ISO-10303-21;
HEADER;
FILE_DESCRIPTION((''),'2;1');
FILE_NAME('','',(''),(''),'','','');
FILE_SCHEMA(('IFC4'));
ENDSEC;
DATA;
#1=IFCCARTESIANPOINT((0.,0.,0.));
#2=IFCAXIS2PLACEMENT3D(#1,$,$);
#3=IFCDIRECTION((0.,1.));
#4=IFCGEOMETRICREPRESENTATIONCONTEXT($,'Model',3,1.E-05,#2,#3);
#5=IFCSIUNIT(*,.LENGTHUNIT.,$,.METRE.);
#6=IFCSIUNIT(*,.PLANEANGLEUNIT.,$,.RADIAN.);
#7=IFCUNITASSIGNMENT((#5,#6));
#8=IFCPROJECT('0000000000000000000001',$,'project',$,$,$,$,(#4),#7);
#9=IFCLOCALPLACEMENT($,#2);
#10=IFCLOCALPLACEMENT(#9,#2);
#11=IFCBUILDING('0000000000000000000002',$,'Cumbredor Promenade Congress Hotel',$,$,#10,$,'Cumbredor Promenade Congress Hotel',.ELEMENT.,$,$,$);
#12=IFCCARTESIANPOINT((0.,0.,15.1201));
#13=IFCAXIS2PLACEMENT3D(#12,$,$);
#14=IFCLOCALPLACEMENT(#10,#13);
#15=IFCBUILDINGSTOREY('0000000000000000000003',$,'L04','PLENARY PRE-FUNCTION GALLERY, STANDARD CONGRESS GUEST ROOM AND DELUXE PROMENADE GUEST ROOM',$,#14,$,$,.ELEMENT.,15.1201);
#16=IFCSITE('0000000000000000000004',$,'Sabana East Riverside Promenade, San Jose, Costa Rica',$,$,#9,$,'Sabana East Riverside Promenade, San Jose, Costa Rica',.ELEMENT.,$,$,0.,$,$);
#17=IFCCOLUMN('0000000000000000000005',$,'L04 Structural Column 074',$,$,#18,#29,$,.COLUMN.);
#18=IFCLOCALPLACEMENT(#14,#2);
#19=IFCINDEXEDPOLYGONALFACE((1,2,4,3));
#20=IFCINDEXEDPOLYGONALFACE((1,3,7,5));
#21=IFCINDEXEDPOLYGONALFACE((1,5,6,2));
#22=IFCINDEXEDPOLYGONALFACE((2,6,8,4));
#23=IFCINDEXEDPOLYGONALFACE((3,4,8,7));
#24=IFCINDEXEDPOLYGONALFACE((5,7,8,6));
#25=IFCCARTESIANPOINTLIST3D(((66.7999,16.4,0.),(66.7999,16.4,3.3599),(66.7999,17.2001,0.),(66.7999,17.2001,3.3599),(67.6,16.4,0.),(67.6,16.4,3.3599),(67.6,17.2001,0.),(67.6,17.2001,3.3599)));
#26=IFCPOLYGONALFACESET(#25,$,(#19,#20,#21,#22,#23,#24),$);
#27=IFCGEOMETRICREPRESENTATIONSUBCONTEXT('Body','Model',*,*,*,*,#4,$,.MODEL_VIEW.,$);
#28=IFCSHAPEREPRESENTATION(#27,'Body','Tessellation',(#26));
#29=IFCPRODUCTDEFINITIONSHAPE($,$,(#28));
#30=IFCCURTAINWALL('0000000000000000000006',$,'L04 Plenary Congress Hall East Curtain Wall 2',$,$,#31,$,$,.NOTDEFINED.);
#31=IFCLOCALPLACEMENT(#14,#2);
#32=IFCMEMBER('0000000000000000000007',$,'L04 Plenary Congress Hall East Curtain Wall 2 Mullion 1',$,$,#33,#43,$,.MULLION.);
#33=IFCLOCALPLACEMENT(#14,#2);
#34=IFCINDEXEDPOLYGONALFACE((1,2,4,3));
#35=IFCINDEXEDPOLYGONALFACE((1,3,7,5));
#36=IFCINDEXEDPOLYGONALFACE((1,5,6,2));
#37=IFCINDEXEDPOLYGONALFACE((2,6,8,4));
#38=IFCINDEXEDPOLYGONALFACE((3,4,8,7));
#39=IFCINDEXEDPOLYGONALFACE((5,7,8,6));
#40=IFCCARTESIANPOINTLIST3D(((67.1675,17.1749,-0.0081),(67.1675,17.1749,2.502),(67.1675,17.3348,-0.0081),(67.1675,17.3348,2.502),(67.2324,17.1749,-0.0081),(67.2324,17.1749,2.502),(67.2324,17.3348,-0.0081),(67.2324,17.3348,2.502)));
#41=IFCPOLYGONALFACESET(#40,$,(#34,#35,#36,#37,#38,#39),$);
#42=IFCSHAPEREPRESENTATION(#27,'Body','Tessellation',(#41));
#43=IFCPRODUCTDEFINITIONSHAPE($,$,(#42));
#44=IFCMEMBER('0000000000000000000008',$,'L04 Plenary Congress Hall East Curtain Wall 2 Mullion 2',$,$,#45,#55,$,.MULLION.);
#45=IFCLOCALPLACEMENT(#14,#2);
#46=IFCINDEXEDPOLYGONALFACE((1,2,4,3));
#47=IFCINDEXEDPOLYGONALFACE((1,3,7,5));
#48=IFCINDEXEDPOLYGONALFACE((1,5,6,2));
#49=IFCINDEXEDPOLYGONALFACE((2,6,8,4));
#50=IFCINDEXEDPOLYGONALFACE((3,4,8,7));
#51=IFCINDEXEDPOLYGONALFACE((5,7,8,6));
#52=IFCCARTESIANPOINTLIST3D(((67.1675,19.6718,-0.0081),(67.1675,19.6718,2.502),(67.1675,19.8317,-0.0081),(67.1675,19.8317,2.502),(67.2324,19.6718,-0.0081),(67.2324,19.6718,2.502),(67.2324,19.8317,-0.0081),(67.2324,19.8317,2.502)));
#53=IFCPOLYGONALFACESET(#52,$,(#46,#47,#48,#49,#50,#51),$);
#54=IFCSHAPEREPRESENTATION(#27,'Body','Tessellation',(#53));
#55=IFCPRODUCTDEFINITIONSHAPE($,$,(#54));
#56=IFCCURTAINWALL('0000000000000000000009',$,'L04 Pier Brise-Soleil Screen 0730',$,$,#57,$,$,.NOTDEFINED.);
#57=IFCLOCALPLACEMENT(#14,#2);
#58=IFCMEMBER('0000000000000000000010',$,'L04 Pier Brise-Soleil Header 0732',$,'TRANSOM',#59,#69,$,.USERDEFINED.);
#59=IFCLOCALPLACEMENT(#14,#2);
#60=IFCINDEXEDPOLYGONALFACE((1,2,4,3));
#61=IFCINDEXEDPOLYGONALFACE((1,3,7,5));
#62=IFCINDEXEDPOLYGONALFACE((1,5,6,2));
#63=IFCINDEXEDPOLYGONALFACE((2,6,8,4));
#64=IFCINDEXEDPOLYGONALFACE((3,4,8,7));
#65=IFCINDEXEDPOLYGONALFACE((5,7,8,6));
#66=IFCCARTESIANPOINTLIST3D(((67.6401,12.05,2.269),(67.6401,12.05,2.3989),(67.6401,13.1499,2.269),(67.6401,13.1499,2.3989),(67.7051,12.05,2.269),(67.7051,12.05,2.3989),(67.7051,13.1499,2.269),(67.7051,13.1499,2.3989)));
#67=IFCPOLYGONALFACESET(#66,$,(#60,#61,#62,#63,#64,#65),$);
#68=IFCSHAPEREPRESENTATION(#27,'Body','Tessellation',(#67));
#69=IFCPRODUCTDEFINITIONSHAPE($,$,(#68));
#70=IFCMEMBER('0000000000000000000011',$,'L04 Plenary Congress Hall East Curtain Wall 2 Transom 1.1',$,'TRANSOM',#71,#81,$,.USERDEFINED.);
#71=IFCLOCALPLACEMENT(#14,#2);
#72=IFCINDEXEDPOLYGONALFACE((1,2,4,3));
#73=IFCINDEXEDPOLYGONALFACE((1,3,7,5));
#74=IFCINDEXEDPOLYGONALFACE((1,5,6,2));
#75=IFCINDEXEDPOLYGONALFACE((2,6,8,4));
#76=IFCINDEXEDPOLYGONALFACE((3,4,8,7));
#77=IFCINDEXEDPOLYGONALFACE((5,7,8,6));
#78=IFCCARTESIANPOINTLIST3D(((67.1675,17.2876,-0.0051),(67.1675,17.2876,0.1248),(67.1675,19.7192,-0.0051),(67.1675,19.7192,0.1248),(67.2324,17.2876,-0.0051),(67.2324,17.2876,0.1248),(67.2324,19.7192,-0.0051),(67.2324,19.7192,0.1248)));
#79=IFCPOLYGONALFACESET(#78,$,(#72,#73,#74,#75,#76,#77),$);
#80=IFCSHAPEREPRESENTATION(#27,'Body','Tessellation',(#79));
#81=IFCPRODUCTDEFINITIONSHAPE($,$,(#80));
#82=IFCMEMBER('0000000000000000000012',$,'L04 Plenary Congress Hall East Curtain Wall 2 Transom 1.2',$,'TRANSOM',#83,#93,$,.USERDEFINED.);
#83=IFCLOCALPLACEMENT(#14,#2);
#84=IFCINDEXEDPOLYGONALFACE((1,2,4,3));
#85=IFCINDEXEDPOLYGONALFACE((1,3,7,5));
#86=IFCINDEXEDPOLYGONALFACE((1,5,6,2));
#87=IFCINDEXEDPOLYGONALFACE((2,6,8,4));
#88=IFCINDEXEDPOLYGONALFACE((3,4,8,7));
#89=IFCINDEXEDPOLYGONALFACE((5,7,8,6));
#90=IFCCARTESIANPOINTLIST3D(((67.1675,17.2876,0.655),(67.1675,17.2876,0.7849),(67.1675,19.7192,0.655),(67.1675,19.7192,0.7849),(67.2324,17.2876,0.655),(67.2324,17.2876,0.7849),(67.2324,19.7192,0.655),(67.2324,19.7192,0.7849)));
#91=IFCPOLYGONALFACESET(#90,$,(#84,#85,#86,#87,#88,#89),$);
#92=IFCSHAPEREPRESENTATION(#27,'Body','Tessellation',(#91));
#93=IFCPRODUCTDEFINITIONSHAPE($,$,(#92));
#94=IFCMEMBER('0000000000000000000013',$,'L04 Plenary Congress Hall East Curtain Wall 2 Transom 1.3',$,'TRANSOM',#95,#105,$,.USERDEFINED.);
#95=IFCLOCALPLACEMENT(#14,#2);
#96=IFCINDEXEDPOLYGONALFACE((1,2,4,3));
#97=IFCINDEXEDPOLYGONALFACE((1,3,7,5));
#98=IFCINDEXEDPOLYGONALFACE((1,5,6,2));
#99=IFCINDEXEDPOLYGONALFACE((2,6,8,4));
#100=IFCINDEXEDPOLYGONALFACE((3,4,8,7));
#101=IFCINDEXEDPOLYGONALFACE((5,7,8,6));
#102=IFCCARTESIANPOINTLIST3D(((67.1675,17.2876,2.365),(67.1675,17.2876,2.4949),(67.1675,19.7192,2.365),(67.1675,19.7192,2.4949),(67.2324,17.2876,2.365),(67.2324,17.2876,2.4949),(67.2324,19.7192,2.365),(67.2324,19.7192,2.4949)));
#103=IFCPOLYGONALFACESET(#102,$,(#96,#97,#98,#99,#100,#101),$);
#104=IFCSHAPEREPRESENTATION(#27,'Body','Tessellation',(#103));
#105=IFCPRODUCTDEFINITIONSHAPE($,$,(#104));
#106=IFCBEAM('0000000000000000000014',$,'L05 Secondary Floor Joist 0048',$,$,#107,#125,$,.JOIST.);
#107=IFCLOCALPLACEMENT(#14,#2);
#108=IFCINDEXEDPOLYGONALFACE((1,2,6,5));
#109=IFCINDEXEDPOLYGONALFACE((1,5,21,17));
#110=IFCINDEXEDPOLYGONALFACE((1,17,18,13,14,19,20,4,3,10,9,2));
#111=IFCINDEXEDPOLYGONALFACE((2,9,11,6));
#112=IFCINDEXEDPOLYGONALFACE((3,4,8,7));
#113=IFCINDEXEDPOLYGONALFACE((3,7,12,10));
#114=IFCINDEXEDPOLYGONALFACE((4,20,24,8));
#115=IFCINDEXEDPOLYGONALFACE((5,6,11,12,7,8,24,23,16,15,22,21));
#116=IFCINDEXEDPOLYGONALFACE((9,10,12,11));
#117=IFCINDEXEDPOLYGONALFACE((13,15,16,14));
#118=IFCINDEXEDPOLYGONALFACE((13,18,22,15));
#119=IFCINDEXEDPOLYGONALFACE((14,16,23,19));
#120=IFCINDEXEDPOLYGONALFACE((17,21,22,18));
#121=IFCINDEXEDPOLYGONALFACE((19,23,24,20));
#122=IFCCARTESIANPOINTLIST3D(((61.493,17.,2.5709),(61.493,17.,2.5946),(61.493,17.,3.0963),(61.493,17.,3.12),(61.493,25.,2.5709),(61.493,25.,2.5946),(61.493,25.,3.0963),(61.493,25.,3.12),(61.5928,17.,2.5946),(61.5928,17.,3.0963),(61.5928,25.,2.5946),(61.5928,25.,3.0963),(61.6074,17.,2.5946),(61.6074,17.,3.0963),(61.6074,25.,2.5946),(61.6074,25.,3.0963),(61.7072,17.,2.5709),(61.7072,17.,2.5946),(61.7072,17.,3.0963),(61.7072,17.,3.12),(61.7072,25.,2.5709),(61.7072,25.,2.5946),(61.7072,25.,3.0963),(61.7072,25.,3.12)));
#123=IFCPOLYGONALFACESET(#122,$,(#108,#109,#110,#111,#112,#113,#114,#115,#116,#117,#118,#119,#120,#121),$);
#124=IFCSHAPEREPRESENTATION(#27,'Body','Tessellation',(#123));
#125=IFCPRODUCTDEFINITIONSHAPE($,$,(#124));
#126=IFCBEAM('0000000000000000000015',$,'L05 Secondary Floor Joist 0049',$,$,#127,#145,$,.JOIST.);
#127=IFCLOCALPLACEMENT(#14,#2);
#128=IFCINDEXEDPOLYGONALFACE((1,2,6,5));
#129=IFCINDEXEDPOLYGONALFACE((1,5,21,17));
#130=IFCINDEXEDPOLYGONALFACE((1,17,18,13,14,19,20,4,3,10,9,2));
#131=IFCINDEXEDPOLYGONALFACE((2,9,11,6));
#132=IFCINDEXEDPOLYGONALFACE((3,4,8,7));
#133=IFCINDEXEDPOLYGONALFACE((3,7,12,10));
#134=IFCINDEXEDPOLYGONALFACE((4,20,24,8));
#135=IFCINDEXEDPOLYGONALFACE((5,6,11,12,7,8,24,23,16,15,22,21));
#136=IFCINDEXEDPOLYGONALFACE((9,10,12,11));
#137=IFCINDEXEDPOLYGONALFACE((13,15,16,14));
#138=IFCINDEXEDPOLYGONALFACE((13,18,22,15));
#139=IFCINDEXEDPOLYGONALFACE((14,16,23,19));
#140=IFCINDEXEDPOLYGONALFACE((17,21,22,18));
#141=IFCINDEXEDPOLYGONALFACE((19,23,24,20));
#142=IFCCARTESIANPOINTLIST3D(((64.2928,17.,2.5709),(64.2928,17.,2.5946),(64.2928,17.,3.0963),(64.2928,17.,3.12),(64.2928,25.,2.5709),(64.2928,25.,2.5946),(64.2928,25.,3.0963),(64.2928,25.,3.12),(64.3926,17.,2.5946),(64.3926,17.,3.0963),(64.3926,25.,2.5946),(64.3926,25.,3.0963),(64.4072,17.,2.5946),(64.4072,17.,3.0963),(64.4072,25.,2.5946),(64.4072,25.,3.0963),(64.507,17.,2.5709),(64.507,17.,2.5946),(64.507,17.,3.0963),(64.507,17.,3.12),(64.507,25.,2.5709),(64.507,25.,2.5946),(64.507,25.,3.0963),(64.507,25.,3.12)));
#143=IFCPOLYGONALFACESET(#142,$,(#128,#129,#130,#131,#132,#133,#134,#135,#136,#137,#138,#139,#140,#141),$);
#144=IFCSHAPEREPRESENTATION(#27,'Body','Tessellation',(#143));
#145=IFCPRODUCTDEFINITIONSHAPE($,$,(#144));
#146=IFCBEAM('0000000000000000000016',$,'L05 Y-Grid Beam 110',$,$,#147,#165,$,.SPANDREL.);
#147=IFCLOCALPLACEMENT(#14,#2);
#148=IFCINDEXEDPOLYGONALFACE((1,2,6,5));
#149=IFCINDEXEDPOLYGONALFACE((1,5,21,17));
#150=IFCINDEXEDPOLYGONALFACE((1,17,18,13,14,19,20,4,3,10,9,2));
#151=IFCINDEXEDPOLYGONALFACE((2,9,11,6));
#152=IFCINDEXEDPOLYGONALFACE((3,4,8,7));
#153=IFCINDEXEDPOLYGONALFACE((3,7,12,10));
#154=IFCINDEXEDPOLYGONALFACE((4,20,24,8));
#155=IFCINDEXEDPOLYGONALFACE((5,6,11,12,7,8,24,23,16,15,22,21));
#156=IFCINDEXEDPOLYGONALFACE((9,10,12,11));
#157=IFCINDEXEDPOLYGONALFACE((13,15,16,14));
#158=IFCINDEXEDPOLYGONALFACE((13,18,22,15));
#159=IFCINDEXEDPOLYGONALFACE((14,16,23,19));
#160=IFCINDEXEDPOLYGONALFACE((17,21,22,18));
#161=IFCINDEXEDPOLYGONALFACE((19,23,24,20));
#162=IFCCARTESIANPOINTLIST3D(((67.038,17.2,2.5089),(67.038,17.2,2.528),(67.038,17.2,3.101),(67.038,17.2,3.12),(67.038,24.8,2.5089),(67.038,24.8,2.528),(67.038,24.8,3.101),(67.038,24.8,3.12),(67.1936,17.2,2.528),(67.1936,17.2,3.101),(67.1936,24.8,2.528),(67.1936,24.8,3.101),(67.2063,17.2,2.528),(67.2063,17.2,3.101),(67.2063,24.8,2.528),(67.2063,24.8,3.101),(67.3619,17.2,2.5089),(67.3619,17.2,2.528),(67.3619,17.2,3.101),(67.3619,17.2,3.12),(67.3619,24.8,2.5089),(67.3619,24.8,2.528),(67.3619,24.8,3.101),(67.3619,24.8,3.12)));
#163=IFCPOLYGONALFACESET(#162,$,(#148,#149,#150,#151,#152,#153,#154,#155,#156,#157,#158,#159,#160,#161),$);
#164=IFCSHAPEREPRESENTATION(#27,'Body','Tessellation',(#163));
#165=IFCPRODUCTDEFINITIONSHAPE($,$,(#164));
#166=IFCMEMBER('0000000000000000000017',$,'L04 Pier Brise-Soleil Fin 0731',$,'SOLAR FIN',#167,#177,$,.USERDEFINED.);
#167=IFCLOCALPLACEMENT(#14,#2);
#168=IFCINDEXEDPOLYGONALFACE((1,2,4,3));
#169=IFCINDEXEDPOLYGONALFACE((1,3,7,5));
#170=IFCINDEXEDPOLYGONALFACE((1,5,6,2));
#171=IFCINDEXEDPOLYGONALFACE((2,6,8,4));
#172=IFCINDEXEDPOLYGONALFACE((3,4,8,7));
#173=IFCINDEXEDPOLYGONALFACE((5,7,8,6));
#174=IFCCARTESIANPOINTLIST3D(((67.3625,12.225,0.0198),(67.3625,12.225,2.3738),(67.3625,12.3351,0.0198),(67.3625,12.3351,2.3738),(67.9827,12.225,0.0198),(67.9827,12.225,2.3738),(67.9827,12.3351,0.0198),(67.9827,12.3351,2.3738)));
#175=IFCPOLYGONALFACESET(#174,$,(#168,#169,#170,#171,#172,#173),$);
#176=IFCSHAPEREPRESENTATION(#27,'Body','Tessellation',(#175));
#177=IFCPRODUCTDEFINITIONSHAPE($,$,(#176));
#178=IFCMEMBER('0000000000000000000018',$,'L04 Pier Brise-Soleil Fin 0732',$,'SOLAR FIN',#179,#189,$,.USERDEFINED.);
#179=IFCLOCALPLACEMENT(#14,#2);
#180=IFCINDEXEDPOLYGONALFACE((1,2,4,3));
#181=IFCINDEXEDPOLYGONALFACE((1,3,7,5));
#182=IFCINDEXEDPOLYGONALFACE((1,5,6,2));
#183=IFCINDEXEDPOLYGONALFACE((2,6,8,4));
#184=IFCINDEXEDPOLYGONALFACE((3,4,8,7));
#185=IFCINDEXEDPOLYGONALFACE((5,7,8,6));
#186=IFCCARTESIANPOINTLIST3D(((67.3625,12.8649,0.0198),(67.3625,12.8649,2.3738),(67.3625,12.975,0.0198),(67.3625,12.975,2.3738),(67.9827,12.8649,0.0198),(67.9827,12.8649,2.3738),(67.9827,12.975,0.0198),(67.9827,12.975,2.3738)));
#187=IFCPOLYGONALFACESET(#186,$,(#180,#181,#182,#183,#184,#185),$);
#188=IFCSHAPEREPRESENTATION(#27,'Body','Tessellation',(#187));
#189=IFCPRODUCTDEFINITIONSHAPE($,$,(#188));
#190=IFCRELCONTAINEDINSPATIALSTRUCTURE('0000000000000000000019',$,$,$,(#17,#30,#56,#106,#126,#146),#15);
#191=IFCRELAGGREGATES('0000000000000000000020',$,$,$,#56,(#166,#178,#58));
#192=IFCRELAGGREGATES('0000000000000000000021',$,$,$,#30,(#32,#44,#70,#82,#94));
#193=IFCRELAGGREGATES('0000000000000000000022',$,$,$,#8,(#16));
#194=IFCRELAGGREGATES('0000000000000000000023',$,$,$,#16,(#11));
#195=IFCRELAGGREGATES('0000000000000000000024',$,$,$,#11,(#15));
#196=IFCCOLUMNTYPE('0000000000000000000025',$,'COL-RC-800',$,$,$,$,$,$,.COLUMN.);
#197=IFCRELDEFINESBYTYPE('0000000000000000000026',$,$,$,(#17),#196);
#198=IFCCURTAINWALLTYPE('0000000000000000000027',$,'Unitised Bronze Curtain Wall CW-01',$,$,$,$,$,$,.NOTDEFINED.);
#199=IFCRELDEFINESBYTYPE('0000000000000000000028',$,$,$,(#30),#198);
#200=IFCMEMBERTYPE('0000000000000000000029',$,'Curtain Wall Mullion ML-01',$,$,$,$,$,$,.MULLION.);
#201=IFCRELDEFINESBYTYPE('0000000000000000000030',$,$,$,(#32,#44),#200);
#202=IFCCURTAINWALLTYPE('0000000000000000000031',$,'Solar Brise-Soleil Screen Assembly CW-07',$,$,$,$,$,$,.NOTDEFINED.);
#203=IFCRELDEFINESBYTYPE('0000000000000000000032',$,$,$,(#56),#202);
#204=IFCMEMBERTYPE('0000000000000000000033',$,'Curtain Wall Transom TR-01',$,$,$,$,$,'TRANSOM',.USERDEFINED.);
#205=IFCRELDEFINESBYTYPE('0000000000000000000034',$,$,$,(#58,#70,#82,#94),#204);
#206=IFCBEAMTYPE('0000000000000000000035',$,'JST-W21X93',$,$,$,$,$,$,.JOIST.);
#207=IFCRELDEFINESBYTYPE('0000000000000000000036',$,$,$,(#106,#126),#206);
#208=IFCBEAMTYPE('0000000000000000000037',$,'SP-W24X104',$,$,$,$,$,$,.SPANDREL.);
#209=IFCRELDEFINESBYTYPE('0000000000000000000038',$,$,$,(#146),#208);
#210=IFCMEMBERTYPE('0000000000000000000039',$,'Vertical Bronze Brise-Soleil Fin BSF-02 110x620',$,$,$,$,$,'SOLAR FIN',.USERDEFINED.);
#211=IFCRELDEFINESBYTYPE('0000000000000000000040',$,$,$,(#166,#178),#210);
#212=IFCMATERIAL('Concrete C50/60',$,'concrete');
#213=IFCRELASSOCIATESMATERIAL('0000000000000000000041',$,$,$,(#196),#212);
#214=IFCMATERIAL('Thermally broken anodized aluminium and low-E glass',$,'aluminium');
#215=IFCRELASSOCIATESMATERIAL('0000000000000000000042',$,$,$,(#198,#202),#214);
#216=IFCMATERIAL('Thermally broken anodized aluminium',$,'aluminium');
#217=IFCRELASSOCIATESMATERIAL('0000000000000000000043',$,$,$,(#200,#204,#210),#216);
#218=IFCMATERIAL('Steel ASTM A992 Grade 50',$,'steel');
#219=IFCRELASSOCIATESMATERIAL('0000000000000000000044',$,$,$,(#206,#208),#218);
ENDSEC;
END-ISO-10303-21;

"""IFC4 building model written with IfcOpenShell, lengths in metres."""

from ifc_helpers import new_model, si_unit, direction, frame, origin, origin_2d, place, context, subcontext, project, spatial, rectangle, i_section, extrude, material, material_profile, profile_set, type_object, element, aggregate, save


model = new_model("IFC4")

# Units and contexts
model_context = context("Model", 3, precision=1e-05, world=origin(), true_north=direction((0.0, 1.0)))
body_context = subcontext(model_context, "Body", "Model", "MODEL_VIEW")
ifc_project = project(units=[si_unit("LENGTHUNIT", "METRE"), si_unit("PLANEANGLEUNIT", "RADIAN")], contexts=[model_context])

# Site, building, storey
site_placement = place(None, origin())
site = spatial("IfcSite", under=ifc_project, at=site_placement, Name="Sabana East Riverside Promenade, San Jose, Costa Rica", LongName="Sabana East Riverside Promenade, San Jose, Costa Rica", CompositionType="ELEMENT", RefElevation=0.0)
building_placement = place(site_placement, origin())
building = spatial("IfcBuilding", under=site, at=building_placement, Name="Cumbredor Promenade Congress Hotel", LongName="Cumbredor Promenade Congress Hotel", CompositionType="ELEMENT")
storey_placement = place(building_placement, frame((0.0, 0.0, 15.1201)))
storey = spatial("IfcBuildingStorey", under=building, at=storey_placement, Name="L04", Description="PLENARY PRE-FUNCTION GALLERY, STANDARD CONGRESS GUEST ROOM AND DELUXE PROMENADE GUEST ROOM", CompositionType="ELEMENT", Elevation=15.1201)

# Column
ifc_material_1 = material(Name="Concrete C50/60", Category="concrete")
ifc_material_profile_1 = material_profile(ifc_material_1, rectangle(XDim=0.8, YDim=0.8, at=origin_2d()), Name="RC 800x800")
ifc_profile_set_1 = profile_set([ifc_material_profile_1], Name="Concrete C50/60")
column_type = type_object("IfcColumnType", Name="COL-RC-800", PredefinedType="COLUMN", material=ifc_profile_set_1)
column_placement = place(storey_placement, frame((67.2, 16.8, 0.0), z_axis=(0.0, 0.0, 1.0), x_axis=(1.0, 0.0, 0.0)))
element("IfcColumn", 1, at=column_placement, inside=storey, type_object=column_type, Name="L04 Structural Column 074", PredefinedType="COLUMN", context=body_context, shape_type="SweptSolid", body=[
    extrude(rectangle(XDim=0.8, YDim=0.8, at=origin_2d()), origin(), (0.0, 0.0, 1.0), 3.3599),
])

# Curtain wall, members
ifc_material_2 = material(Name="Thermally broken anodized aluminium and low-E glass", Category="aluminium")
curtain_wall_type_1 = type_object("IfcCurtainWallType", Name="Unitised Bronze Curtain Wall CW-01", PredefinedType="NOTDEFINED", material=ifc_material_2)
curtain_wall_1_placement = place(storey_placement, origin())
curtain_wall_1 = element("IfcCurtainWall", 2, at=curtain_wall_1_placement, inside=storey, type_object=curtain_wall_type_1, Name="L04 Plenary Congress Hall East Curtain Wall 2", PredefinedType="NOTDEFINED")
ifc_material_3 = material(Name="Thermally broken anodized aluminium", Category="aluminium")
ifc_material_profile_2 = material_profile(ifc_material_3, rectangle(XDim=0.0649, YDim=0.1599, at=origin_2d()), Name="ALU MULLION 65x160")
ifc_profile_set_2 = profile_set([ifc_material_profile_2], Name="Thermally broken anodized aluminium")
member_type_1 = type_object("IfcMemberType", Name="Curtain Wall Mullion ML-01", PredefinedType="MULLION", material=ifc_profile_set_2)
member_1_placement = place(storey_placement, frame((67.2, 17.2549, -0.0081), z_axis=(0.0, 0.0, 1.0), x_axis=(1.0, 0.0, 0.0)))
member_1 = element("IfcMember", 3, at=member_1_placement, type_object=member_type_1, Name="L04 Plenary Congress Hall East Curtain Wall 2 Mullion 1", PredefinedType="MULLION", context=body_context, shape_type="SweptSolid", body=[
    extrude(rectangle(XDim=0.0649, YDim=0.1599, at=origin_2d()), origin(), (0.0, 0.0, 1.0), 2.51),
])
member_2_placement = place(storey_placement, frame((67.2, 19.7517, -0.0081), z_axis=(0.0, 0.0, 1.0), x_axis=(1.0, 0.0, 0.0)))
member_2 = element("IfcMember", 4, at=member_2_placement, type_object=member_type_1, Name="L04 Plenary Congress Hall East Curtain Wall 2 Mullion 2", PredefinedType="MULLION", context=body_context, shape_type="SweptSolid", body=[
    extrude(rectangle(XDim=0.0649, YDim=0.1599, at=origin_2d()), origin(), (0.0, 0.0, 1.0), 2.51),
])

# Curtain wall, member
curtain_wall_type_2 = type_object("IfcCurtainWallType", Name="Solar Brise-Soleil Screen Assembly CW-07", PredefinedType="NOTDEFINED", material=ifc_material_2)
curtain_wall_2_placement = place(storey_placement, origin())
curtain_wall_2 = element("IfcCurtainWall", 5, at=curtain_wall_2_placement, inside=storey, type_object=curtain_wall_type_2, Name="L04 Pier Brise-Soleil Screen 0730", PredefinedType="NOTDEFINED")
ifc_material_profile_3 = material_profile(ifc_material_3, rectangle(XDim=0.0649, YDim=0.1299, at=origin_2d()), Name="ALU TRANSOM 65x130")
ifc_profile_set_3 = profile_set([ifc_material_profile_3], Name="Thermally broken anodized aluminium")
member_type_2 = type_object("IfcMemberType", Name="Curtain Wall Transom TR-01", ElementType="TRANSOM", PredefinedType="USERDEFINED", material=ifc_profile_set_3)
member_3_placement = place(storey_placement, frame((67.6726, 12.05, 2.334), z_axis=(0.0, 1.0, 0.0), x_axis=(-1.0, 0.0, 0.0)))
member_3 = element("IfcMember", 6, at=member_3_placement, type_object=member_type_2, Name="L04 Pier Brise-Soleil Header 0732", ObjectType="TRANSOM", PredefinedType="USERDEFINED", context=body_context, shape_type="SweptSolid", body=[
    extrude(rectangle(XDim=0.0649, YDim=0.1299, at=origin_2d()), origin(), (0.0, 0.0, 1.0), 1.0999),
])

# Members
member_4_placement = place(storey_placement, frame((67.2, 17.2876, 0.0598), z_axis=(0.0, 1.0, 0.0), x_axis=(-1.0, 0.0, 0.0)))
member_4 = element("IfcMember", 7, at=member_4_placement, type_object=member_type_2, Name="L04 Plenary Congress Hall East Curtain Wall 2 Transom 1.1", ObjectType="TRANSOM", PredefinedType="USERDEFINED", context=body_context, shape_type="SweptSolid", body=[
    extrude(rectangle(XDim=0.0649, YDim=0.1299, at=origin_2d()), origin(), (0.0, 0.0, 1.0), 2.4316),
])
member_5_placement = place(storey_placement, frame((67.2, 17.2876, 0.72), z_axis=(0.0, 1.0, 0.0), x_axis=(-1.0, 0.0, 0.0)))
member_5 = element("IfcMember", 8, at=member_5_placement, type_object=member_type_2, Name="L04 Plenary Congress Hall East Curtain Wall 2 Transom 1.2", ObjectType="TRANSOM", PredefinedType="USERDEFINED", context=body_context, shape_type="SweptSolid", body=[
    extrude(rectangle(XDim=0.0649, YDim=0.1299, at=origin_2d()), origin(), (0.0, 0.0, 1.0), 2.4316),
])
member_6_placement = place(storey_placement, frame((67.2, 17.2876, 2.4299), z_axis=(0.0, 1.0, 0.0), x_axis=(-1.0, 0.0, 0.0)))
member_6 = element("IfcMember", 9, at=member_6_placement, type_object=member_type_2, Name="L04 Plenary Congress Hall East Curtain Wall 2 Transom 1.3", ObjectType="TRANSOM", PredefinedType="USERDEFINED", context=body_context, shape_type="SweptSolid", body=[
    extrude(rectangle(XDim=0.0649, YDim=0.1299, at=origin_2d()), origin(), (0.0, 0.0, 1.0), 2.4316),
])

# Beams
ifc_material_4 = material(Name="Steel ASTM A992 Grade 50", Category="steel")
ifc_material_profile_4 = material_profile(ifc_material_4, i_section(OverallWidth=0.2141, OverallDepth=0.5491, WebThickness=0.0146, FlangeThickness=0.0237, at=origin_2d()), Name="W21X93")
ifc_profile_set_4 = profile_set([ifc_material_profile_4], Name="Steel ASTM A992 Grade 50")
beam_type_1 = type_object("IfcBeamType", Name="JST-W21X93", PredefinedType="JOIST", material=ifc_profile_set_4)
for number, where, z_axis, x_axis, name in (
    (10, (61.6001, 17.0, 2.8455), (0.0, 1.0, 0.0), (-1.0, 0.0, 0.0), "L05 Secondary Floor Joist 0048"),
    (11, (64.3999, 17.0, 2.8455), (0.0, 1.0, 0.0), (-1.0, 0.0, 0.0), "L05 Secondary Floor Joist 0049"),
):
    element("IfcBeam", number, at=place(storey_placement, frame(where, z_axis=z_axis, x_axis=x_axis)), inside=storey, type_object=beam_type_1, Name=name, PredefinedType="JOIST", context=body_context, shape_type="SweptSolid", body=[
        extrude(i_section(OverallWidth=0.2141, OverallDepth=0.5491, WebThickness=0.0146, FlangeThickness=0.0237, at=origin_2d()), origin(), (0.0, 0.0, 1.0), 8.0),
    ])
ifc_material_profile_5 = material_profile(ifc_material_4, i_section(OverallWidth=0.324, OverallDepth=0.6111, WebThickness=0.0127, FlangeThickness=0.019, at=origin_2d()), Name="W24X104")
ifc_profile_set_5 = profile_set([ifc_material_profile_5], Name="Steel ASTM A992 Grade 50")
beam_type_2 = type_object("IfcBeamType", Name="SP-W24X104", PredefinedType="SPANDREL", material=ifc_profile_set_5)
beam_placement = place(storey_placement, frame((67.2, 17.2, 2.8145), z_axis=(0.0, 1.0, 0.0), x_axis=(-1.0, 0.0, 0.0)))
element("IfcBeam", 12, at=beam_placement, inside=storey, type_object=beam_type_2, Name="L05 Y-Grid Beam 110", PredefinedType="SPANDREL", context=body_context, shape_type="SweptSolid", body=[
    extrude(i_section(OverallWidth=0.324, OverallDepth=0.6111, WebThickness=0.0127, FlangeThickness=0.019, at=origin_2d()), origin(), (0.0, 0.0, 1.0), 7.6001),
])

# Members
ifc_material_profile_6 = material_profile(ifc_material_3, rectangle(XDim=0.1101, YDim=0.6201, at=origin_2d()), Name="ARCH FIN 110x620")
ifc_profile_set_6 = profile_set([ifc_material_profile_6], Name="Thermally broken anodized aluminium")
member_type_3 = type_object("IfcMemberType", Name="Vertical Bronze Brise-Soleil Fin BSF-02 110x620", ElementType="SOLAR FIN", PredefinedType="USERDEFINED", material=ifc_profile_set_6)
member_7_placement = place(storey_placement, frame((67.6726, 12.28, 0.0198), z_axis=(0.0, 0.0, 1.0), x_axis=(0.0, 1.0, 0.0)))
member_7 = element("IfcMember", 13, at=member_7_placement, type_object=member_type_3, Name="L04 Pier Brise-Soleil Fin 0731", ObjectType="SOLAR FIN", PredefinedType="USERDEFINED", context=body_context, shape_type="SweptSolid", body=[
    extrude(rectangle(XDim=0.1101, YDim=0.6201, at=origin_2d()), origin(), (0.0, 0.0, 1.0), 2.354),
])
member_8_placement = place(storey_placement, frame((67.6726, 12.9199, 0.0198), z_axis=(0.0, 0.0, 1.0), x_axis=(0.0, 1.0, 0.0)))
member_8 = element("IfcMember", 14, at=member_8_placement, type_object=member_type_3, Name="L04 Pier Brise-Soleil Fin 0732", ObjectType="SOLAR FIN", PredefinedType="USERDEFINED", context=body_context, shape_type="SweptSolid", body=[
    extrude(rectangle(XDim=0.1101, YDim=0.6201, at=origin_2d()), origin(), (0.0, 0.0, 1.0), 2.354),
])
aggregate(curtain_wall_2, [member_7, member_8, member_3])

aggregate(curtain_wall_1, [member_1, member_2, member_4, member_5, member_6])

save(model, "model.ifc")
